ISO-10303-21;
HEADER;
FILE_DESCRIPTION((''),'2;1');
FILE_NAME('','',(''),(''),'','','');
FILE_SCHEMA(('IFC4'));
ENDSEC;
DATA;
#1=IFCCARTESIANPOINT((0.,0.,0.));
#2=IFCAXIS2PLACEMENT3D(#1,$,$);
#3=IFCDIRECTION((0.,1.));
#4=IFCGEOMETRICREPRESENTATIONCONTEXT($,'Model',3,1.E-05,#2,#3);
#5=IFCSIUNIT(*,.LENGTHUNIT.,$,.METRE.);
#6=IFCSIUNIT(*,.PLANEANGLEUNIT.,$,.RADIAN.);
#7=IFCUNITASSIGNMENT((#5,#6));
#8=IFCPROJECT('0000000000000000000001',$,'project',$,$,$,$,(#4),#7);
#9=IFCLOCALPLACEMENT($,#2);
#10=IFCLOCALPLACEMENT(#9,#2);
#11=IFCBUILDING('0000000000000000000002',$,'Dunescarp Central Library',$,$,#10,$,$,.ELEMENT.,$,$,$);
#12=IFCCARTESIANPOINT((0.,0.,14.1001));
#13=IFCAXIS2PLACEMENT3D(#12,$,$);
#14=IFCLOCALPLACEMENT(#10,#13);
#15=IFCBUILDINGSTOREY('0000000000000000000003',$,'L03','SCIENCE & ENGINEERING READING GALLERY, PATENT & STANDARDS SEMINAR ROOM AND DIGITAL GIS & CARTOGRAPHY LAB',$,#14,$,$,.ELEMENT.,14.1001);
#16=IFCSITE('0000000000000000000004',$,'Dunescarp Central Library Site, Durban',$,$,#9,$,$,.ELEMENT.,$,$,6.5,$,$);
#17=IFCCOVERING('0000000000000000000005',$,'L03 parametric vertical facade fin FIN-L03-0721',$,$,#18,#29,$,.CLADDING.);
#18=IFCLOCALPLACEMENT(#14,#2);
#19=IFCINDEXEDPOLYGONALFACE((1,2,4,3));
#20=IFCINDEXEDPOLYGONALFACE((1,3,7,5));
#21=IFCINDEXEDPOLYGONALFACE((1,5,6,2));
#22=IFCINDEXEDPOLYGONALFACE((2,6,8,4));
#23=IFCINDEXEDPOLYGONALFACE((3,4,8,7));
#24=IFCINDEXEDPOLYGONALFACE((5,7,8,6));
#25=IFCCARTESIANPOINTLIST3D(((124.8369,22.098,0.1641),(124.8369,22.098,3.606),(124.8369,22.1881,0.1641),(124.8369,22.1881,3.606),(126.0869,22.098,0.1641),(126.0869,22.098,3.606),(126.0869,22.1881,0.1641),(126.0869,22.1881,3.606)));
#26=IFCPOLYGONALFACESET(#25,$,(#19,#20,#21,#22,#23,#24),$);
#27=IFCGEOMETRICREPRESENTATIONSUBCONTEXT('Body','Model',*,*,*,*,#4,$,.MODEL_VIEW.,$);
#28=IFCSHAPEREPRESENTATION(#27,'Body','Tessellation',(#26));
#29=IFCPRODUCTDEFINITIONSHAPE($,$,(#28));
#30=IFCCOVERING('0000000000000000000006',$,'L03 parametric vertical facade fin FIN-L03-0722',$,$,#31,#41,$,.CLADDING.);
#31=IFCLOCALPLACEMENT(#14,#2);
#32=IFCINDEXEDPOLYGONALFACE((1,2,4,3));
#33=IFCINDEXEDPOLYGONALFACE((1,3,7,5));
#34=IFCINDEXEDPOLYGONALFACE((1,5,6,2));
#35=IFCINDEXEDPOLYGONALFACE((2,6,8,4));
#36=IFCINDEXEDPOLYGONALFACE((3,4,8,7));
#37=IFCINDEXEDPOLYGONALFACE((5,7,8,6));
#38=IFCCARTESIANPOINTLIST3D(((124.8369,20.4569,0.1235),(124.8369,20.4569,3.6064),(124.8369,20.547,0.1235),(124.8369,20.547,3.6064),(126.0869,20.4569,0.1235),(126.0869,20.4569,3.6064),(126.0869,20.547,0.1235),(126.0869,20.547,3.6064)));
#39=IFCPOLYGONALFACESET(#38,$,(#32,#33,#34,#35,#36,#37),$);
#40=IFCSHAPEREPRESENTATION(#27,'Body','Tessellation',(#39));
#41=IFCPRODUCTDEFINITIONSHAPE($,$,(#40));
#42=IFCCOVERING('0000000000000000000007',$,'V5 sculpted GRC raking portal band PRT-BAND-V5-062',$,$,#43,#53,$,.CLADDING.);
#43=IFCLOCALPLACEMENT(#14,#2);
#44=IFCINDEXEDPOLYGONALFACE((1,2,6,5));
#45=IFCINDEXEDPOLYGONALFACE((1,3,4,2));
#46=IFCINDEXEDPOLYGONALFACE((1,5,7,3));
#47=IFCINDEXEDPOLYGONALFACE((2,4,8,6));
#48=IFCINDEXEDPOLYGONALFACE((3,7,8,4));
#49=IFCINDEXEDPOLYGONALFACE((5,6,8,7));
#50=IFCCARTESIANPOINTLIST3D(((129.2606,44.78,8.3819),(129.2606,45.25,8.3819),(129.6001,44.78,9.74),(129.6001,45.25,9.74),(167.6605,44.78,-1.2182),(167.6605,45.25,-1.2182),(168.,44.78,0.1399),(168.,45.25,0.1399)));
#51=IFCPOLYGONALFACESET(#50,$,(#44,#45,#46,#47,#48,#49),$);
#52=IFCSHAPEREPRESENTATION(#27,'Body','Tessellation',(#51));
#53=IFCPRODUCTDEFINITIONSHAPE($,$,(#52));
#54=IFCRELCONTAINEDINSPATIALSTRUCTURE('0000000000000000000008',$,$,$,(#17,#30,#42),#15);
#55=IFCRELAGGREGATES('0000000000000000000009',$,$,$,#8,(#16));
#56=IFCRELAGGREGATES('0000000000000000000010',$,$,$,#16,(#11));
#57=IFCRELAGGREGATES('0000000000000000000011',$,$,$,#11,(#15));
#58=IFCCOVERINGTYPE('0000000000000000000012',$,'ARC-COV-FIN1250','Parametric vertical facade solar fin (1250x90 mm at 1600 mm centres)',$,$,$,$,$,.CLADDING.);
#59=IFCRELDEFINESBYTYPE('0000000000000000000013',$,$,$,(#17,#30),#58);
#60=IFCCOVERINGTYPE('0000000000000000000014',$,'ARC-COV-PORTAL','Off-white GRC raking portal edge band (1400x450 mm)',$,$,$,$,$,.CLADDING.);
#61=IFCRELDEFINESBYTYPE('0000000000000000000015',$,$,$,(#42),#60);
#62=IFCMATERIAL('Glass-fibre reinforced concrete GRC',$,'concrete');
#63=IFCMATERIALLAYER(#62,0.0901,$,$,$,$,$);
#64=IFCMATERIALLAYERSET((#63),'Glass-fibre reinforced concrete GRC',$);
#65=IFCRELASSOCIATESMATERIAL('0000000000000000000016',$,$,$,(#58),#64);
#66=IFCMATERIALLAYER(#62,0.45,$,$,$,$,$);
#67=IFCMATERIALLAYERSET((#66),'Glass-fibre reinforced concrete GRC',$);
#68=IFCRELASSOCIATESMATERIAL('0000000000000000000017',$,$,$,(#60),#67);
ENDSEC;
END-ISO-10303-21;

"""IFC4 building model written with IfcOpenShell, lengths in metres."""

from ifc_helpers import new_model, si_unit, direction, frame, origin, origin_2d, place, context, subcontext, project, spatial, polyline, rectangle, outline, extrude, material, layer, layer_set, type_object, element, save


model = new_model("IFC4")

# Units and contexts
model_context = context("Model", 3, precision=1e-05, world=origin(), true_north=direction((0.0, 1.0)))
body_context = subcontext(model_context, "Body", "Model", "MODEL_VIEW")
ifc_project = project(units=[si_unit("LENGTHUNIT", "METRE"), si_unit("PLANEANGLEUNIT", "RADIAN")], contexts=[model_context])

# Site, building, storey
site_placement = place(None, origin())
site = spatial("IfcSite", under=ifc_project, at=site_placement, Name="Dunescarp Central Library Site, Durban", CompositionType="ELEMENT", RefElevation=6.5)
building_placement = place(site_placement, origin())
building = spatial("IfcBuilding", under=site, at=building_placement, Name="Dunescarp Central Library", CompositionType="ELEMENT")
storey_placement = place(building_placement, frame((0.0, 0.0, 14.1001)))
storey = spatial("IfcBuildingStorey", under=building, at=storey_placement, Name="L03", Description="SCIENCE & ENGINEERING READING GALLERY, PATENT & STANDARDS SEMINAR ROOM AND DIGITAL GIS & CARTOGRAPHY LAB", CompositionType="ELEMENT", Elevation=14.1001)

# Coverings
ifc_material_1 = material(Name="Glass-fibre reinforced concrete GRC", Category="concrete")
ifc_layer_1 = layer(ifc_material_1, 0.0901)
ifc_layer_set_1 = layer_set([ifc_layer_1], Name="Glass-fibre reinforced concrete GRC")
covering_type_1 = type_object("IfcCoveringType", Name="ARC-COV-FIN1250", Description="Parametric vertical facade solar fin (1250x90 mm at 1600 mm centres)", PredefinedType="CLADDING", material=ifc_layer_set_1)
covering_1_placement = place(storey_placement, frame((125.4619, 22.1431, 0.1641), z_axis=(0.0, 0.0, 1.0), x_axis=(1.0, 0.0, 0.0)))
element("IfcCovering", 1, at=covering_1_placement, inside=storey, type_object=covering_type_1, Name="L03 parametric vertical facade fin FIN-L03-0721", PredefinedType="CLADDING", context=body_context, shape_type="SweptSolid", body=[
    extrude(rectangle(XDim=1.25, YDim=0.0901, at=origin_2d()), origin(), (0.0, 0.0, 1.0), 3.4419),
])
covering_2_placement = place(storey_placement, frame((125.4619, 20.502, 0.1235), z_axis=(0.0, 0.0, 1.0), x_axis=(1.0, 0.0, 0.0)))
element("IfcCovering", 2, at=covering_2_placement, inside=storey, type_object=covering_type_1, Name="L03 parametric vertical facade fin FIN-L03-0722", PredefinedType="CLADDING", context=body_context, shape_type="SweptSolid", body=[
    extrude(rectangle(XDim=1.25, YDim=0.0901, at=origin_2d()), origin(), (0.0, 0.0, 1.0), 3.4829),
])
ifc_layer_2 = layer(ifc_material_1, 0.45)
ifc_layer_set_2 = layer_set([ifc_layer_2], Name="Glass-fibre reinforced concrete GRC")
covering_type_2 = type_object("IfcCoveringType", Name="ARC-COV-PORTAL", Description="Off-white GRC raking portal edge band (1400x450 mm)", PredefinedType="CLADDING", material=ifc_layer_set_2)
covering_3_placement = place(storey_placement, frame((129.6001, 44.78, 9.74), z_axis=(0.242539, 0.0, 0.970142), x_axis=(0.970142, 0.0, -0.242539)))
element("IfcCovering", 3, at=covering_3_placement, inside=storey, type_object=covering_type_2, Name="V5 sculpted GRC raking portal band PRT-BAND-V5-062", PredefinedType="CLADDING", context=body_context, shape_type="SweptSolid", body=[
    extrude(outline(polyline([(0.0, 0.0), (39.5817, 0.0), (39.5817, 0.47), (0.0, 0.47), (0.0, 0.0)])), origin(), (0.0, 0.0, -1.0), 1.3999),
])

save(model, "model.ifc")
